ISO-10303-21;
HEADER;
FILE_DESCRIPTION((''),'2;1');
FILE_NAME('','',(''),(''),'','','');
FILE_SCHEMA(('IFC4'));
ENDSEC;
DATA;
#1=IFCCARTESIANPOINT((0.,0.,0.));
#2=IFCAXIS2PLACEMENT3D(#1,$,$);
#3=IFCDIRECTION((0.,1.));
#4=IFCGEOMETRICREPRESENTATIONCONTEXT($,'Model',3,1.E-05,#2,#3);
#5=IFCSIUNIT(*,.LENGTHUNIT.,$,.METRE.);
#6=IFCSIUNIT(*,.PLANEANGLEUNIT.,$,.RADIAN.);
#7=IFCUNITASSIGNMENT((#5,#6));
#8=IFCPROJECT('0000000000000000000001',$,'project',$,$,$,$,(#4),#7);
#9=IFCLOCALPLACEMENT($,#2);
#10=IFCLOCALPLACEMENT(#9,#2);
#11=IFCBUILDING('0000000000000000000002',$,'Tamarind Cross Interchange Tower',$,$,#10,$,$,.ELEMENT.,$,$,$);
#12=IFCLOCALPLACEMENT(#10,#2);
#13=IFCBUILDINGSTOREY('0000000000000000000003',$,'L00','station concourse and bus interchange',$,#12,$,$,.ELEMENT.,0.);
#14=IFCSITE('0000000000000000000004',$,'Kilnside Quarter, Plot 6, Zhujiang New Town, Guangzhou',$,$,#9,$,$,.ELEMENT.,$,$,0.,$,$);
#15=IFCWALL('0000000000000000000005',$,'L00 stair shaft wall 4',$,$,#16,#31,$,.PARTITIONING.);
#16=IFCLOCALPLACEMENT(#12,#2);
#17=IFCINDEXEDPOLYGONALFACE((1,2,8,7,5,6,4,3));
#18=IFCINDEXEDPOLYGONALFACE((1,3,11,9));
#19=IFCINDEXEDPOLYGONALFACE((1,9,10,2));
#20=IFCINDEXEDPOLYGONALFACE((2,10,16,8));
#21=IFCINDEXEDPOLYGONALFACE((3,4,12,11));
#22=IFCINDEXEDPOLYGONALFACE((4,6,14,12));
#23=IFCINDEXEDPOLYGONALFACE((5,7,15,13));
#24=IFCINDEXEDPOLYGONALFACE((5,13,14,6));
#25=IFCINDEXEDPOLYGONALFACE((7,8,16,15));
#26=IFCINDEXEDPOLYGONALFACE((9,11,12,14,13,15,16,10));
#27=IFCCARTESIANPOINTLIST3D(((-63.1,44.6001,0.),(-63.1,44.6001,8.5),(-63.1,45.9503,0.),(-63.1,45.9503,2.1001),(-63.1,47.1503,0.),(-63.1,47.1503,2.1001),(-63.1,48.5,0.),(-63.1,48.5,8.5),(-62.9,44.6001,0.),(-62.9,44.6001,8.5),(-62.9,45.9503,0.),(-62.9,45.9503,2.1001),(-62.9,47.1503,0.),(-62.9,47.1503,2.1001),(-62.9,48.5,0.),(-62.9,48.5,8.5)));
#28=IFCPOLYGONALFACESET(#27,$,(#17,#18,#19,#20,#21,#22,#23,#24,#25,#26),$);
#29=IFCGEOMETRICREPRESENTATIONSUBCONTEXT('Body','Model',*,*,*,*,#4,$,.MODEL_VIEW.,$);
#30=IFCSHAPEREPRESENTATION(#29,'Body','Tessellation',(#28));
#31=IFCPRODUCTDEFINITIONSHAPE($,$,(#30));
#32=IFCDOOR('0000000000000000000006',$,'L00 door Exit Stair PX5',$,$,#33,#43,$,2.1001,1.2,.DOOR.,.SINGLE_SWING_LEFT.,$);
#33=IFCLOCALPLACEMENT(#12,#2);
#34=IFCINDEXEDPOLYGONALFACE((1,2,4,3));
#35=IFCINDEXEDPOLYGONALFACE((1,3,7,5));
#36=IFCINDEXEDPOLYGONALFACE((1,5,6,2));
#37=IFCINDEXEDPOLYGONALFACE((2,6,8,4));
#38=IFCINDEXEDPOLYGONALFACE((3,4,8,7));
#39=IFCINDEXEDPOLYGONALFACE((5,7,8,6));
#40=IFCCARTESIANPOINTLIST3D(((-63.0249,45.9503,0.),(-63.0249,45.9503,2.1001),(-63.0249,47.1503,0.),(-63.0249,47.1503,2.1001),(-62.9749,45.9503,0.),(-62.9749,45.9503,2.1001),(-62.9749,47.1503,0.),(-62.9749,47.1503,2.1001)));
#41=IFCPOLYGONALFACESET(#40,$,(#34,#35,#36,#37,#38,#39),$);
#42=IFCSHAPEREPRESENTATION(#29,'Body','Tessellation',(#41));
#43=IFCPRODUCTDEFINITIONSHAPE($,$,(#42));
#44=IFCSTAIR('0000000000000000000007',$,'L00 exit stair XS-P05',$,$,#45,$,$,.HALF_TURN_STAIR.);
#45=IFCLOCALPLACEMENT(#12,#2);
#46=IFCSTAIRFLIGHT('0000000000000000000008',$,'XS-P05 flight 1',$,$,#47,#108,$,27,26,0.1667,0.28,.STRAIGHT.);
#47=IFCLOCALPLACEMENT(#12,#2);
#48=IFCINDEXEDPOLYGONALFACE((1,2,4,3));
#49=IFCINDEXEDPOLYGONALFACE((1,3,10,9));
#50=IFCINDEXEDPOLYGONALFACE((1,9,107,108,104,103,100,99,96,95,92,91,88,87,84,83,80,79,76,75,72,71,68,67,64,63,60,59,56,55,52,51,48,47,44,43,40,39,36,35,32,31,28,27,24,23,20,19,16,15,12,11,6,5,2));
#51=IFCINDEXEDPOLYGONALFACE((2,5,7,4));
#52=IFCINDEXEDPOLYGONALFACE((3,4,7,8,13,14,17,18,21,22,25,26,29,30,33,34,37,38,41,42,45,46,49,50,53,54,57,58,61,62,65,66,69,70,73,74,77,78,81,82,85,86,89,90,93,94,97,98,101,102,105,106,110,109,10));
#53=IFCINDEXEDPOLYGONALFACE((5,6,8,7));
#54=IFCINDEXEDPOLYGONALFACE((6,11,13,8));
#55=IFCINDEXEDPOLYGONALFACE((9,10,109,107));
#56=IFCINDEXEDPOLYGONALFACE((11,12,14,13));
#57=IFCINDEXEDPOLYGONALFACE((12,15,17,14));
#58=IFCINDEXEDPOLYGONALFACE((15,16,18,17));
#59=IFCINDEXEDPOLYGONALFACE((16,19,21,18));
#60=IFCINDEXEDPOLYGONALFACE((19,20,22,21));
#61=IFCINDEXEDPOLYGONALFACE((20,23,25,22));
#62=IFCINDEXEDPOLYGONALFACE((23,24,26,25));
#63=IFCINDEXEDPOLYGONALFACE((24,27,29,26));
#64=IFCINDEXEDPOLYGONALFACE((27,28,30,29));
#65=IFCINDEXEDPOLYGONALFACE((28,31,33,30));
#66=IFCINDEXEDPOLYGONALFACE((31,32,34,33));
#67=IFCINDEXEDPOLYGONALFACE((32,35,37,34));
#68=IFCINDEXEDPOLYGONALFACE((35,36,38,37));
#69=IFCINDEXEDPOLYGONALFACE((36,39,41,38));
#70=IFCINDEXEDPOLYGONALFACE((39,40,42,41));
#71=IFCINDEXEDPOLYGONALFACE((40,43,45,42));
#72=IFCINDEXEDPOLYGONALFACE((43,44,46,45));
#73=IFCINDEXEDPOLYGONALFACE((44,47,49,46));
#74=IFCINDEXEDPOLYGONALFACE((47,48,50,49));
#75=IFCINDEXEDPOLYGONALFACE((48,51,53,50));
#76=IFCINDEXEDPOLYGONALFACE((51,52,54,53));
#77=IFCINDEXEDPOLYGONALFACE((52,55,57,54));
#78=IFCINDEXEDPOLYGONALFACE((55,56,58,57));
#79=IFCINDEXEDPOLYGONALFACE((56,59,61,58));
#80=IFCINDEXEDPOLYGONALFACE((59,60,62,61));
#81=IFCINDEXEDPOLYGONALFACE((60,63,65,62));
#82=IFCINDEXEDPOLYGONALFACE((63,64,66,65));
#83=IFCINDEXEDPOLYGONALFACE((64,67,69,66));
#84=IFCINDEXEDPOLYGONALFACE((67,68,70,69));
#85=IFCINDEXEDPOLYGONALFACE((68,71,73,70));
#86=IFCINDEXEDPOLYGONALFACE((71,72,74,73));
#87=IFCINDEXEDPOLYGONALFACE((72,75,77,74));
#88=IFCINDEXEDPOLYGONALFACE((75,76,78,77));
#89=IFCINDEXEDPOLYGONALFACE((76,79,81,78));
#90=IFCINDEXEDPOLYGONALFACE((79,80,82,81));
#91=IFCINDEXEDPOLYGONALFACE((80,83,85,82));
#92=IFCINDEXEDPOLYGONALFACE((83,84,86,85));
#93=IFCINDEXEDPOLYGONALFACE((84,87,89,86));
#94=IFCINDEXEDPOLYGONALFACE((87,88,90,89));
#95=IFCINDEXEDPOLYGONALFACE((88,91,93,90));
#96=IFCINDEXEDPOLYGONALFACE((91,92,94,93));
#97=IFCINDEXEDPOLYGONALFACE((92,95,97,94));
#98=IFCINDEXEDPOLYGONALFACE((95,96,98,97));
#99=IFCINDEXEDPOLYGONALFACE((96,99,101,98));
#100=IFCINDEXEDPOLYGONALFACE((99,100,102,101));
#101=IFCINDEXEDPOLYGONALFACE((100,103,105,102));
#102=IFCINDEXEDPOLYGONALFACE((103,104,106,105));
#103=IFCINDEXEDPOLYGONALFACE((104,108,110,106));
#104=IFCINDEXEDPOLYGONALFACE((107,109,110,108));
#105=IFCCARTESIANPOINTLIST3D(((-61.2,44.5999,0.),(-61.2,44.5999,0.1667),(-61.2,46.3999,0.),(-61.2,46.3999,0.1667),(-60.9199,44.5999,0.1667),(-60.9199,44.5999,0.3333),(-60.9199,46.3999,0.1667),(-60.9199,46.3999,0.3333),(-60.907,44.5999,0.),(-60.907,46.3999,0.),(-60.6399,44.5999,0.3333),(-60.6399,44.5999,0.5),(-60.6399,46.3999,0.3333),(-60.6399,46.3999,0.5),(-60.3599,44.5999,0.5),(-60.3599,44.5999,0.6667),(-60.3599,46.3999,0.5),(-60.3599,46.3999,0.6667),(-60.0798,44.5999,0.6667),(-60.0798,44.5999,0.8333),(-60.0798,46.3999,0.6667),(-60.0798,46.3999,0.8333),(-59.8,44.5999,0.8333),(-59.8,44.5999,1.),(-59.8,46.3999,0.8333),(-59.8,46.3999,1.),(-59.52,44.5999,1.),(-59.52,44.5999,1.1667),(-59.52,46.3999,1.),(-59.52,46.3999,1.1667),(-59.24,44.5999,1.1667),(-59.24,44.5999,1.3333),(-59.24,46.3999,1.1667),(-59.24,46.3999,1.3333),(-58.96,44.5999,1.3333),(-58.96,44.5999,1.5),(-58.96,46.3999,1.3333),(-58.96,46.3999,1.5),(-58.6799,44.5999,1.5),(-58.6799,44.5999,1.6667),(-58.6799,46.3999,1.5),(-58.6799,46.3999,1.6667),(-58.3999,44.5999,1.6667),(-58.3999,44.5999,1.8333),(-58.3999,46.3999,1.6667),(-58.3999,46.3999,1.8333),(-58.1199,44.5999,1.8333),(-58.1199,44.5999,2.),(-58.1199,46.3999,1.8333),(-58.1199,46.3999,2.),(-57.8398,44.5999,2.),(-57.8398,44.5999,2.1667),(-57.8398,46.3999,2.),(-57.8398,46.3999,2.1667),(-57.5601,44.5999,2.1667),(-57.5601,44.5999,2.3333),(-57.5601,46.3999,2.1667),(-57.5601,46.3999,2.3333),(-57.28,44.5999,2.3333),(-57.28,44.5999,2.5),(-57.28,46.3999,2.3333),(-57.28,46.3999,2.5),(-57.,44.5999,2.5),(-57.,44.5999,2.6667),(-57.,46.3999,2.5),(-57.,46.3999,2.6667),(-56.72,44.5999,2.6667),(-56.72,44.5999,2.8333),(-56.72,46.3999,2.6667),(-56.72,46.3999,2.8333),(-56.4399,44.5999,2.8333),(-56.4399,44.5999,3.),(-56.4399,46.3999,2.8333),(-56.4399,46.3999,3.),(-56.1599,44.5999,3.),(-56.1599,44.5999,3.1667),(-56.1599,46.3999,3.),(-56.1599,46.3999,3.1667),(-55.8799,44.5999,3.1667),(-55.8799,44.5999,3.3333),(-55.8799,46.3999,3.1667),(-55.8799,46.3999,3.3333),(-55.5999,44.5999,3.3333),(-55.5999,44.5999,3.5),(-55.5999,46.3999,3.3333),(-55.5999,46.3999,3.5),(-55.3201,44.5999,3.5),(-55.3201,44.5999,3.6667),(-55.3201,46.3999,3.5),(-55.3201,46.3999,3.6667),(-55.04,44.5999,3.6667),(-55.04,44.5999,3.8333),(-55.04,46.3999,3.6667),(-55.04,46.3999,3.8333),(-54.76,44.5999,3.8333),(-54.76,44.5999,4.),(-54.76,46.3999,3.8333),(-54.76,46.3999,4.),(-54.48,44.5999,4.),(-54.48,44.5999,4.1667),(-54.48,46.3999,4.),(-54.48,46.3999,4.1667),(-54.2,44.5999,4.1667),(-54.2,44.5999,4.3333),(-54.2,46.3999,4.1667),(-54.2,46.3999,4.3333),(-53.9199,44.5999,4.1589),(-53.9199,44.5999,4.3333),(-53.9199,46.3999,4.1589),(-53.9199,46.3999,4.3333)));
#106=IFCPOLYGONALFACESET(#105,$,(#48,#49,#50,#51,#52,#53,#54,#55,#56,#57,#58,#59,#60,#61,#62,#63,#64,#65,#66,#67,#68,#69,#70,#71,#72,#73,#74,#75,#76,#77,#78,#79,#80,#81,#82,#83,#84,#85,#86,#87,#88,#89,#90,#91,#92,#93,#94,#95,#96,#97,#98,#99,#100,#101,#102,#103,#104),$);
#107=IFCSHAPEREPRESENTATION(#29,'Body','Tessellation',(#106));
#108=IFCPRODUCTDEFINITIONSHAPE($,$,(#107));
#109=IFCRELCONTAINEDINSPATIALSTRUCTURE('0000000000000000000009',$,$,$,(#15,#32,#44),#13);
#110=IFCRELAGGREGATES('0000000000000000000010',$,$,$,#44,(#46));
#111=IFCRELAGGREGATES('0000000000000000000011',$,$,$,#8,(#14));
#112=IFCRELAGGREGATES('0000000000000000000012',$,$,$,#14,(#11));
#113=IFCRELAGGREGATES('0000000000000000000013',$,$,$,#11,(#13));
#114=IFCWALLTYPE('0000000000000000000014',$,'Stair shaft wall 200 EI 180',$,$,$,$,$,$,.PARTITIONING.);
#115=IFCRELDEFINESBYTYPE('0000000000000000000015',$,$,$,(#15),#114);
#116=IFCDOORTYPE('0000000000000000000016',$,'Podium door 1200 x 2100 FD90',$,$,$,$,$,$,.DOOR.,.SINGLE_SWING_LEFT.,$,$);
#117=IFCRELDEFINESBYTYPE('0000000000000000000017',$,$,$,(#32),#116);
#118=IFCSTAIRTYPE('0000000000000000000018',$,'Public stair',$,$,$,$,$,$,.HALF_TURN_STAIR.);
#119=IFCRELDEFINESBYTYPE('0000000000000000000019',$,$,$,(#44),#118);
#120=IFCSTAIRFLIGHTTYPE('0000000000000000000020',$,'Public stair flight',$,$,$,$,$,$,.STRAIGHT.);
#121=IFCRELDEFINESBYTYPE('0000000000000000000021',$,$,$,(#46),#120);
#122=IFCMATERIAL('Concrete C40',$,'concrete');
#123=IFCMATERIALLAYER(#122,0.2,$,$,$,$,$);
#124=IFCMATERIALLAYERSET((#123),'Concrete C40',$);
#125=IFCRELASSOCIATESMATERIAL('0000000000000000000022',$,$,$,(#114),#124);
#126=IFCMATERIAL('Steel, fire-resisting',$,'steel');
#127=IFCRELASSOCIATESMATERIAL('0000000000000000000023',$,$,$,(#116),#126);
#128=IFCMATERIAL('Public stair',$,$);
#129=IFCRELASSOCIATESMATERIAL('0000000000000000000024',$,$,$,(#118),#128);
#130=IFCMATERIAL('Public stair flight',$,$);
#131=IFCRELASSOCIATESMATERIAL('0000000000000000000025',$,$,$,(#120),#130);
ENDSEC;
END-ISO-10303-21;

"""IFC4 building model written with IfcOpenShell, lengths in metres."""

from ifc_helpers import new_model, si_unit, direction, frame, frame_2d, origin, place, context, subcontext, project, spatial, polyline, rectangle, outline, extrude, material, layer, layer_set, type_object, element, fill, aggregate, save


model = new_model("IFC4")

# Units and contexts
model_context = context("Model", 3, precision=1e-05, world=origin(), true_north=direction((0.0, 1.0)))
body_context = subcontext(model_context, "Body", "Model", "MODEL_VIEW")
ifc_project = project(units=[si_unit("LENGTHUNIT", "METRE"), si_unit("PLANEANGLEUNIT", "RADIAN")], contexts=[model_context])

# Site, building, storey
site_placement = place(None, origin())
site = spatial("IfcSite", under=ifc_project, at=site_placement, Name="Kilnside Quarter, Plot 6, Zhujiang New Town, Guangzhou", CompositionType="ELEMENT", RefElevation=0.0)
building_placement = place(site_placement, origin())
building = spatial("IfcBuilding", under=site, at=building_placement, Name="Tamarind Cross Interchange Tower", CompositionType="ELEMENT")
storey_placement = place(building_placement, origin())
storey = spatial("IfcBuildingStorey", under=building, at=storey_placement, Name="L00", Description="station concourse and bus interchange", CompositionType="ELEMENT", Elevation=0.0)

# Shared definitions
ifc_material_1 = material(Name="Steel, fire-resisting", Category="steel")

# Shared definitions
ifc_material_2 = material(Name="Concrete C40", Category="concrete")
ifc_layer_1 = layer(ifc_material_2, 0.2)
ifc_layer_set_1 = layer_set([ifc_layer_1], Name="Concrete C40")
wall_type_1 = type_object("IfcWallType", Name="Stair shaft wall 200 EI 180", PredefinedType="PARTITIONING", material=ifc_layer_set_1)

# Wall, opening, door
wall_1_placement = place(storey_placement, frame((-63.0, 44.6001, 0.0), z_axis=(0.0, 0.0, 1.0), x_axis=(0.0, 1.0, 0.0)))
wall_1 = element("IfcWall", 1, at=wall_1_placement, inside=storey, type_object=wall_type_1, Name="L00 stair shaft wall 4", PredefinedType="PARTITIONING", context=body_context, shape_type="SweptSolid", body=[
    extrude(rectangle(XDim=3.8999, YDim=0.2, at=frame_2d((1.95, 0.0))), origin(), (0.0, 0.0, 1.0), 8.5),
])
opening_1_placement = place(wall_1_placement, frame((1.3501, 0.0, 0.0)))
opening_1 = element("IfcOpeningElement", 2, at=opening_1_placement, cuts=wall_1, PredefinedType="OPENING", context=body_context, shape_type="SweptSolid", body=[
    extrude(rectangle(XDim=1.2, YDim=2.1001, at=frame_2d((0.6001, 1.05))), frame((0.0, 0.1099, 0.0), z_axis=(0.0, -1.0, 0.0), x_axis=(1.0, 0.0, 0.0)), (0.0, 0.0, 1.0), 0.22),
])
door_type_1 = type_object("IfcDoorType", Name="Podium door 1200 x 2100 FD90", OperationType="SINGLE_SWING_LEFT", PredefinedType="DOOR", material=ifc_material_1)
door_1_placement = place(opening_1_placement, origin())
door_1 = element("IfcDoor", 3, at=door_1_placement, inside=storey, type_object=door_type_1, Name="L00 door Exit Stair PX5", OperationType="SINGLE_SWING_LEFT", OverallHeight=2.1001, OverallWidth=1.2, PredefinedType="DOOR", context=body_context, shape_type="SweptSolid", body=[
    extrude(rectangle(XDim=1.2, YDim=2.1001, at=frame_2d((0.6001, 1.05))), frame((0.0, 0.0249, 0.0), z_axis=(0.0, -1.0, 0.0), x_axis=(1.0, 0.0, 0.0)), (0.0, 0.0, 1.0), 0.05),
])
fill(opening_1, door_1)

# Stair, stair flight
ifc_material_3 = material(Name="Public stair")
stair_type = type_object("IfcStairType", Name="Public stair", PredefinedType="HALF_TURN_STAIR", material=ifc_material_3)
stair_placement = place(storey_placement, origin())
stair = element("IfcStair", 4, at=stair_placement, inside=storey, type_object=stair_type, Name="L00 exit stair XS-P05", PredefinedType="HALF_TURN_STAIR")
ifc_material_4 = material(Name="Public stair flight")
stair_flight_type = type_object("IfcStairFlightType", Name="Public stair flight", PredefinedType="STRAIGHT", material=ifc_material_4)
stair_flight_placement = place(storey_placement, frame((-61.2, 45.5, 0.0), z_axis=(0.0, 0.0, 1.0), x_axis=(1.0, 0.0, 0.0)))
stair_flight = element("IfcStairFlight", 5, at=stair_flight_placement, type_object=stair_flight_type, Name="XS-P05 flight 1", NumberOfRisers=27, NumberOfTreads=26, PredefinedType="STRAIGHT", RiserHeight=0.1667, TreadLength=0.28, context=body_context, shape_type="SweptSolid", body=[
    extrude(outline(polyline([(0.0, 0.0), (0.0, 0.1667), (0.28, 0.1667), (0.28, 0.3333), (0.5601, 0.3333), (0.5601, 0.5), (0.8401, 0.5), (0.8401, 0.6667), (1.1201, 0.6667), (1.1201, 0.8333), (1.3999, 0.8333), (1.3999, 1.0), (1.6799, 1.0), (1.6799, 1.1667), (1.96, 1.1667), (1.96, 1.3333), (2.24, 1.3333), (2.24, 1.5), (2.52, 1.5), (2.52, 1.6667), (2.8, 1.6667), (2.8, 1.8333), (3.0801, 1.8333), (3.0801, 2.0), (3.3601, 2.0), (3.3601, 2.1667), (3.6399, 2.1667), (3.6399, 2.3333), (3.9199, 2.3333), (3.9199, 2.5), (4.2, 2.5), (4.2, 2.6667), (4.48, 2.6667), (4.48, 2.8333), (4.76, 2.8333), (4.76, 3.0), (5.04, 3.0), (5.04, 3.1667), (5.3201, 3.1667), (5.3201, 3.3333), (5.6001, 3.3333), (5.6001, 3.5), (5.8799, 3.5), (5.8799, 3.6667), (6.1599, 3.6667), (6.1599, 3.8333), (6.4399, 3.8333), (6.4399, 4.0), (6.72, 4.0), (6.72, 4.1667), (7.0, 4.1667), (7.0, 4.3333), (7.28, 4.3333), (7.28, 4.5), (7.28, 4.1589), (0.293, 0.0), (0.0, 0.0)])), frame((0.0, 0.8999, 0.0), z_axis=(0.0, -1.0, 0.0), x_axis=(1.0, 0.0, 0.0)), (0.0, 0.0, 1.0), 1.8),
])
aggregate(stair, [stair_flight])

save(model, "model.ifc")
